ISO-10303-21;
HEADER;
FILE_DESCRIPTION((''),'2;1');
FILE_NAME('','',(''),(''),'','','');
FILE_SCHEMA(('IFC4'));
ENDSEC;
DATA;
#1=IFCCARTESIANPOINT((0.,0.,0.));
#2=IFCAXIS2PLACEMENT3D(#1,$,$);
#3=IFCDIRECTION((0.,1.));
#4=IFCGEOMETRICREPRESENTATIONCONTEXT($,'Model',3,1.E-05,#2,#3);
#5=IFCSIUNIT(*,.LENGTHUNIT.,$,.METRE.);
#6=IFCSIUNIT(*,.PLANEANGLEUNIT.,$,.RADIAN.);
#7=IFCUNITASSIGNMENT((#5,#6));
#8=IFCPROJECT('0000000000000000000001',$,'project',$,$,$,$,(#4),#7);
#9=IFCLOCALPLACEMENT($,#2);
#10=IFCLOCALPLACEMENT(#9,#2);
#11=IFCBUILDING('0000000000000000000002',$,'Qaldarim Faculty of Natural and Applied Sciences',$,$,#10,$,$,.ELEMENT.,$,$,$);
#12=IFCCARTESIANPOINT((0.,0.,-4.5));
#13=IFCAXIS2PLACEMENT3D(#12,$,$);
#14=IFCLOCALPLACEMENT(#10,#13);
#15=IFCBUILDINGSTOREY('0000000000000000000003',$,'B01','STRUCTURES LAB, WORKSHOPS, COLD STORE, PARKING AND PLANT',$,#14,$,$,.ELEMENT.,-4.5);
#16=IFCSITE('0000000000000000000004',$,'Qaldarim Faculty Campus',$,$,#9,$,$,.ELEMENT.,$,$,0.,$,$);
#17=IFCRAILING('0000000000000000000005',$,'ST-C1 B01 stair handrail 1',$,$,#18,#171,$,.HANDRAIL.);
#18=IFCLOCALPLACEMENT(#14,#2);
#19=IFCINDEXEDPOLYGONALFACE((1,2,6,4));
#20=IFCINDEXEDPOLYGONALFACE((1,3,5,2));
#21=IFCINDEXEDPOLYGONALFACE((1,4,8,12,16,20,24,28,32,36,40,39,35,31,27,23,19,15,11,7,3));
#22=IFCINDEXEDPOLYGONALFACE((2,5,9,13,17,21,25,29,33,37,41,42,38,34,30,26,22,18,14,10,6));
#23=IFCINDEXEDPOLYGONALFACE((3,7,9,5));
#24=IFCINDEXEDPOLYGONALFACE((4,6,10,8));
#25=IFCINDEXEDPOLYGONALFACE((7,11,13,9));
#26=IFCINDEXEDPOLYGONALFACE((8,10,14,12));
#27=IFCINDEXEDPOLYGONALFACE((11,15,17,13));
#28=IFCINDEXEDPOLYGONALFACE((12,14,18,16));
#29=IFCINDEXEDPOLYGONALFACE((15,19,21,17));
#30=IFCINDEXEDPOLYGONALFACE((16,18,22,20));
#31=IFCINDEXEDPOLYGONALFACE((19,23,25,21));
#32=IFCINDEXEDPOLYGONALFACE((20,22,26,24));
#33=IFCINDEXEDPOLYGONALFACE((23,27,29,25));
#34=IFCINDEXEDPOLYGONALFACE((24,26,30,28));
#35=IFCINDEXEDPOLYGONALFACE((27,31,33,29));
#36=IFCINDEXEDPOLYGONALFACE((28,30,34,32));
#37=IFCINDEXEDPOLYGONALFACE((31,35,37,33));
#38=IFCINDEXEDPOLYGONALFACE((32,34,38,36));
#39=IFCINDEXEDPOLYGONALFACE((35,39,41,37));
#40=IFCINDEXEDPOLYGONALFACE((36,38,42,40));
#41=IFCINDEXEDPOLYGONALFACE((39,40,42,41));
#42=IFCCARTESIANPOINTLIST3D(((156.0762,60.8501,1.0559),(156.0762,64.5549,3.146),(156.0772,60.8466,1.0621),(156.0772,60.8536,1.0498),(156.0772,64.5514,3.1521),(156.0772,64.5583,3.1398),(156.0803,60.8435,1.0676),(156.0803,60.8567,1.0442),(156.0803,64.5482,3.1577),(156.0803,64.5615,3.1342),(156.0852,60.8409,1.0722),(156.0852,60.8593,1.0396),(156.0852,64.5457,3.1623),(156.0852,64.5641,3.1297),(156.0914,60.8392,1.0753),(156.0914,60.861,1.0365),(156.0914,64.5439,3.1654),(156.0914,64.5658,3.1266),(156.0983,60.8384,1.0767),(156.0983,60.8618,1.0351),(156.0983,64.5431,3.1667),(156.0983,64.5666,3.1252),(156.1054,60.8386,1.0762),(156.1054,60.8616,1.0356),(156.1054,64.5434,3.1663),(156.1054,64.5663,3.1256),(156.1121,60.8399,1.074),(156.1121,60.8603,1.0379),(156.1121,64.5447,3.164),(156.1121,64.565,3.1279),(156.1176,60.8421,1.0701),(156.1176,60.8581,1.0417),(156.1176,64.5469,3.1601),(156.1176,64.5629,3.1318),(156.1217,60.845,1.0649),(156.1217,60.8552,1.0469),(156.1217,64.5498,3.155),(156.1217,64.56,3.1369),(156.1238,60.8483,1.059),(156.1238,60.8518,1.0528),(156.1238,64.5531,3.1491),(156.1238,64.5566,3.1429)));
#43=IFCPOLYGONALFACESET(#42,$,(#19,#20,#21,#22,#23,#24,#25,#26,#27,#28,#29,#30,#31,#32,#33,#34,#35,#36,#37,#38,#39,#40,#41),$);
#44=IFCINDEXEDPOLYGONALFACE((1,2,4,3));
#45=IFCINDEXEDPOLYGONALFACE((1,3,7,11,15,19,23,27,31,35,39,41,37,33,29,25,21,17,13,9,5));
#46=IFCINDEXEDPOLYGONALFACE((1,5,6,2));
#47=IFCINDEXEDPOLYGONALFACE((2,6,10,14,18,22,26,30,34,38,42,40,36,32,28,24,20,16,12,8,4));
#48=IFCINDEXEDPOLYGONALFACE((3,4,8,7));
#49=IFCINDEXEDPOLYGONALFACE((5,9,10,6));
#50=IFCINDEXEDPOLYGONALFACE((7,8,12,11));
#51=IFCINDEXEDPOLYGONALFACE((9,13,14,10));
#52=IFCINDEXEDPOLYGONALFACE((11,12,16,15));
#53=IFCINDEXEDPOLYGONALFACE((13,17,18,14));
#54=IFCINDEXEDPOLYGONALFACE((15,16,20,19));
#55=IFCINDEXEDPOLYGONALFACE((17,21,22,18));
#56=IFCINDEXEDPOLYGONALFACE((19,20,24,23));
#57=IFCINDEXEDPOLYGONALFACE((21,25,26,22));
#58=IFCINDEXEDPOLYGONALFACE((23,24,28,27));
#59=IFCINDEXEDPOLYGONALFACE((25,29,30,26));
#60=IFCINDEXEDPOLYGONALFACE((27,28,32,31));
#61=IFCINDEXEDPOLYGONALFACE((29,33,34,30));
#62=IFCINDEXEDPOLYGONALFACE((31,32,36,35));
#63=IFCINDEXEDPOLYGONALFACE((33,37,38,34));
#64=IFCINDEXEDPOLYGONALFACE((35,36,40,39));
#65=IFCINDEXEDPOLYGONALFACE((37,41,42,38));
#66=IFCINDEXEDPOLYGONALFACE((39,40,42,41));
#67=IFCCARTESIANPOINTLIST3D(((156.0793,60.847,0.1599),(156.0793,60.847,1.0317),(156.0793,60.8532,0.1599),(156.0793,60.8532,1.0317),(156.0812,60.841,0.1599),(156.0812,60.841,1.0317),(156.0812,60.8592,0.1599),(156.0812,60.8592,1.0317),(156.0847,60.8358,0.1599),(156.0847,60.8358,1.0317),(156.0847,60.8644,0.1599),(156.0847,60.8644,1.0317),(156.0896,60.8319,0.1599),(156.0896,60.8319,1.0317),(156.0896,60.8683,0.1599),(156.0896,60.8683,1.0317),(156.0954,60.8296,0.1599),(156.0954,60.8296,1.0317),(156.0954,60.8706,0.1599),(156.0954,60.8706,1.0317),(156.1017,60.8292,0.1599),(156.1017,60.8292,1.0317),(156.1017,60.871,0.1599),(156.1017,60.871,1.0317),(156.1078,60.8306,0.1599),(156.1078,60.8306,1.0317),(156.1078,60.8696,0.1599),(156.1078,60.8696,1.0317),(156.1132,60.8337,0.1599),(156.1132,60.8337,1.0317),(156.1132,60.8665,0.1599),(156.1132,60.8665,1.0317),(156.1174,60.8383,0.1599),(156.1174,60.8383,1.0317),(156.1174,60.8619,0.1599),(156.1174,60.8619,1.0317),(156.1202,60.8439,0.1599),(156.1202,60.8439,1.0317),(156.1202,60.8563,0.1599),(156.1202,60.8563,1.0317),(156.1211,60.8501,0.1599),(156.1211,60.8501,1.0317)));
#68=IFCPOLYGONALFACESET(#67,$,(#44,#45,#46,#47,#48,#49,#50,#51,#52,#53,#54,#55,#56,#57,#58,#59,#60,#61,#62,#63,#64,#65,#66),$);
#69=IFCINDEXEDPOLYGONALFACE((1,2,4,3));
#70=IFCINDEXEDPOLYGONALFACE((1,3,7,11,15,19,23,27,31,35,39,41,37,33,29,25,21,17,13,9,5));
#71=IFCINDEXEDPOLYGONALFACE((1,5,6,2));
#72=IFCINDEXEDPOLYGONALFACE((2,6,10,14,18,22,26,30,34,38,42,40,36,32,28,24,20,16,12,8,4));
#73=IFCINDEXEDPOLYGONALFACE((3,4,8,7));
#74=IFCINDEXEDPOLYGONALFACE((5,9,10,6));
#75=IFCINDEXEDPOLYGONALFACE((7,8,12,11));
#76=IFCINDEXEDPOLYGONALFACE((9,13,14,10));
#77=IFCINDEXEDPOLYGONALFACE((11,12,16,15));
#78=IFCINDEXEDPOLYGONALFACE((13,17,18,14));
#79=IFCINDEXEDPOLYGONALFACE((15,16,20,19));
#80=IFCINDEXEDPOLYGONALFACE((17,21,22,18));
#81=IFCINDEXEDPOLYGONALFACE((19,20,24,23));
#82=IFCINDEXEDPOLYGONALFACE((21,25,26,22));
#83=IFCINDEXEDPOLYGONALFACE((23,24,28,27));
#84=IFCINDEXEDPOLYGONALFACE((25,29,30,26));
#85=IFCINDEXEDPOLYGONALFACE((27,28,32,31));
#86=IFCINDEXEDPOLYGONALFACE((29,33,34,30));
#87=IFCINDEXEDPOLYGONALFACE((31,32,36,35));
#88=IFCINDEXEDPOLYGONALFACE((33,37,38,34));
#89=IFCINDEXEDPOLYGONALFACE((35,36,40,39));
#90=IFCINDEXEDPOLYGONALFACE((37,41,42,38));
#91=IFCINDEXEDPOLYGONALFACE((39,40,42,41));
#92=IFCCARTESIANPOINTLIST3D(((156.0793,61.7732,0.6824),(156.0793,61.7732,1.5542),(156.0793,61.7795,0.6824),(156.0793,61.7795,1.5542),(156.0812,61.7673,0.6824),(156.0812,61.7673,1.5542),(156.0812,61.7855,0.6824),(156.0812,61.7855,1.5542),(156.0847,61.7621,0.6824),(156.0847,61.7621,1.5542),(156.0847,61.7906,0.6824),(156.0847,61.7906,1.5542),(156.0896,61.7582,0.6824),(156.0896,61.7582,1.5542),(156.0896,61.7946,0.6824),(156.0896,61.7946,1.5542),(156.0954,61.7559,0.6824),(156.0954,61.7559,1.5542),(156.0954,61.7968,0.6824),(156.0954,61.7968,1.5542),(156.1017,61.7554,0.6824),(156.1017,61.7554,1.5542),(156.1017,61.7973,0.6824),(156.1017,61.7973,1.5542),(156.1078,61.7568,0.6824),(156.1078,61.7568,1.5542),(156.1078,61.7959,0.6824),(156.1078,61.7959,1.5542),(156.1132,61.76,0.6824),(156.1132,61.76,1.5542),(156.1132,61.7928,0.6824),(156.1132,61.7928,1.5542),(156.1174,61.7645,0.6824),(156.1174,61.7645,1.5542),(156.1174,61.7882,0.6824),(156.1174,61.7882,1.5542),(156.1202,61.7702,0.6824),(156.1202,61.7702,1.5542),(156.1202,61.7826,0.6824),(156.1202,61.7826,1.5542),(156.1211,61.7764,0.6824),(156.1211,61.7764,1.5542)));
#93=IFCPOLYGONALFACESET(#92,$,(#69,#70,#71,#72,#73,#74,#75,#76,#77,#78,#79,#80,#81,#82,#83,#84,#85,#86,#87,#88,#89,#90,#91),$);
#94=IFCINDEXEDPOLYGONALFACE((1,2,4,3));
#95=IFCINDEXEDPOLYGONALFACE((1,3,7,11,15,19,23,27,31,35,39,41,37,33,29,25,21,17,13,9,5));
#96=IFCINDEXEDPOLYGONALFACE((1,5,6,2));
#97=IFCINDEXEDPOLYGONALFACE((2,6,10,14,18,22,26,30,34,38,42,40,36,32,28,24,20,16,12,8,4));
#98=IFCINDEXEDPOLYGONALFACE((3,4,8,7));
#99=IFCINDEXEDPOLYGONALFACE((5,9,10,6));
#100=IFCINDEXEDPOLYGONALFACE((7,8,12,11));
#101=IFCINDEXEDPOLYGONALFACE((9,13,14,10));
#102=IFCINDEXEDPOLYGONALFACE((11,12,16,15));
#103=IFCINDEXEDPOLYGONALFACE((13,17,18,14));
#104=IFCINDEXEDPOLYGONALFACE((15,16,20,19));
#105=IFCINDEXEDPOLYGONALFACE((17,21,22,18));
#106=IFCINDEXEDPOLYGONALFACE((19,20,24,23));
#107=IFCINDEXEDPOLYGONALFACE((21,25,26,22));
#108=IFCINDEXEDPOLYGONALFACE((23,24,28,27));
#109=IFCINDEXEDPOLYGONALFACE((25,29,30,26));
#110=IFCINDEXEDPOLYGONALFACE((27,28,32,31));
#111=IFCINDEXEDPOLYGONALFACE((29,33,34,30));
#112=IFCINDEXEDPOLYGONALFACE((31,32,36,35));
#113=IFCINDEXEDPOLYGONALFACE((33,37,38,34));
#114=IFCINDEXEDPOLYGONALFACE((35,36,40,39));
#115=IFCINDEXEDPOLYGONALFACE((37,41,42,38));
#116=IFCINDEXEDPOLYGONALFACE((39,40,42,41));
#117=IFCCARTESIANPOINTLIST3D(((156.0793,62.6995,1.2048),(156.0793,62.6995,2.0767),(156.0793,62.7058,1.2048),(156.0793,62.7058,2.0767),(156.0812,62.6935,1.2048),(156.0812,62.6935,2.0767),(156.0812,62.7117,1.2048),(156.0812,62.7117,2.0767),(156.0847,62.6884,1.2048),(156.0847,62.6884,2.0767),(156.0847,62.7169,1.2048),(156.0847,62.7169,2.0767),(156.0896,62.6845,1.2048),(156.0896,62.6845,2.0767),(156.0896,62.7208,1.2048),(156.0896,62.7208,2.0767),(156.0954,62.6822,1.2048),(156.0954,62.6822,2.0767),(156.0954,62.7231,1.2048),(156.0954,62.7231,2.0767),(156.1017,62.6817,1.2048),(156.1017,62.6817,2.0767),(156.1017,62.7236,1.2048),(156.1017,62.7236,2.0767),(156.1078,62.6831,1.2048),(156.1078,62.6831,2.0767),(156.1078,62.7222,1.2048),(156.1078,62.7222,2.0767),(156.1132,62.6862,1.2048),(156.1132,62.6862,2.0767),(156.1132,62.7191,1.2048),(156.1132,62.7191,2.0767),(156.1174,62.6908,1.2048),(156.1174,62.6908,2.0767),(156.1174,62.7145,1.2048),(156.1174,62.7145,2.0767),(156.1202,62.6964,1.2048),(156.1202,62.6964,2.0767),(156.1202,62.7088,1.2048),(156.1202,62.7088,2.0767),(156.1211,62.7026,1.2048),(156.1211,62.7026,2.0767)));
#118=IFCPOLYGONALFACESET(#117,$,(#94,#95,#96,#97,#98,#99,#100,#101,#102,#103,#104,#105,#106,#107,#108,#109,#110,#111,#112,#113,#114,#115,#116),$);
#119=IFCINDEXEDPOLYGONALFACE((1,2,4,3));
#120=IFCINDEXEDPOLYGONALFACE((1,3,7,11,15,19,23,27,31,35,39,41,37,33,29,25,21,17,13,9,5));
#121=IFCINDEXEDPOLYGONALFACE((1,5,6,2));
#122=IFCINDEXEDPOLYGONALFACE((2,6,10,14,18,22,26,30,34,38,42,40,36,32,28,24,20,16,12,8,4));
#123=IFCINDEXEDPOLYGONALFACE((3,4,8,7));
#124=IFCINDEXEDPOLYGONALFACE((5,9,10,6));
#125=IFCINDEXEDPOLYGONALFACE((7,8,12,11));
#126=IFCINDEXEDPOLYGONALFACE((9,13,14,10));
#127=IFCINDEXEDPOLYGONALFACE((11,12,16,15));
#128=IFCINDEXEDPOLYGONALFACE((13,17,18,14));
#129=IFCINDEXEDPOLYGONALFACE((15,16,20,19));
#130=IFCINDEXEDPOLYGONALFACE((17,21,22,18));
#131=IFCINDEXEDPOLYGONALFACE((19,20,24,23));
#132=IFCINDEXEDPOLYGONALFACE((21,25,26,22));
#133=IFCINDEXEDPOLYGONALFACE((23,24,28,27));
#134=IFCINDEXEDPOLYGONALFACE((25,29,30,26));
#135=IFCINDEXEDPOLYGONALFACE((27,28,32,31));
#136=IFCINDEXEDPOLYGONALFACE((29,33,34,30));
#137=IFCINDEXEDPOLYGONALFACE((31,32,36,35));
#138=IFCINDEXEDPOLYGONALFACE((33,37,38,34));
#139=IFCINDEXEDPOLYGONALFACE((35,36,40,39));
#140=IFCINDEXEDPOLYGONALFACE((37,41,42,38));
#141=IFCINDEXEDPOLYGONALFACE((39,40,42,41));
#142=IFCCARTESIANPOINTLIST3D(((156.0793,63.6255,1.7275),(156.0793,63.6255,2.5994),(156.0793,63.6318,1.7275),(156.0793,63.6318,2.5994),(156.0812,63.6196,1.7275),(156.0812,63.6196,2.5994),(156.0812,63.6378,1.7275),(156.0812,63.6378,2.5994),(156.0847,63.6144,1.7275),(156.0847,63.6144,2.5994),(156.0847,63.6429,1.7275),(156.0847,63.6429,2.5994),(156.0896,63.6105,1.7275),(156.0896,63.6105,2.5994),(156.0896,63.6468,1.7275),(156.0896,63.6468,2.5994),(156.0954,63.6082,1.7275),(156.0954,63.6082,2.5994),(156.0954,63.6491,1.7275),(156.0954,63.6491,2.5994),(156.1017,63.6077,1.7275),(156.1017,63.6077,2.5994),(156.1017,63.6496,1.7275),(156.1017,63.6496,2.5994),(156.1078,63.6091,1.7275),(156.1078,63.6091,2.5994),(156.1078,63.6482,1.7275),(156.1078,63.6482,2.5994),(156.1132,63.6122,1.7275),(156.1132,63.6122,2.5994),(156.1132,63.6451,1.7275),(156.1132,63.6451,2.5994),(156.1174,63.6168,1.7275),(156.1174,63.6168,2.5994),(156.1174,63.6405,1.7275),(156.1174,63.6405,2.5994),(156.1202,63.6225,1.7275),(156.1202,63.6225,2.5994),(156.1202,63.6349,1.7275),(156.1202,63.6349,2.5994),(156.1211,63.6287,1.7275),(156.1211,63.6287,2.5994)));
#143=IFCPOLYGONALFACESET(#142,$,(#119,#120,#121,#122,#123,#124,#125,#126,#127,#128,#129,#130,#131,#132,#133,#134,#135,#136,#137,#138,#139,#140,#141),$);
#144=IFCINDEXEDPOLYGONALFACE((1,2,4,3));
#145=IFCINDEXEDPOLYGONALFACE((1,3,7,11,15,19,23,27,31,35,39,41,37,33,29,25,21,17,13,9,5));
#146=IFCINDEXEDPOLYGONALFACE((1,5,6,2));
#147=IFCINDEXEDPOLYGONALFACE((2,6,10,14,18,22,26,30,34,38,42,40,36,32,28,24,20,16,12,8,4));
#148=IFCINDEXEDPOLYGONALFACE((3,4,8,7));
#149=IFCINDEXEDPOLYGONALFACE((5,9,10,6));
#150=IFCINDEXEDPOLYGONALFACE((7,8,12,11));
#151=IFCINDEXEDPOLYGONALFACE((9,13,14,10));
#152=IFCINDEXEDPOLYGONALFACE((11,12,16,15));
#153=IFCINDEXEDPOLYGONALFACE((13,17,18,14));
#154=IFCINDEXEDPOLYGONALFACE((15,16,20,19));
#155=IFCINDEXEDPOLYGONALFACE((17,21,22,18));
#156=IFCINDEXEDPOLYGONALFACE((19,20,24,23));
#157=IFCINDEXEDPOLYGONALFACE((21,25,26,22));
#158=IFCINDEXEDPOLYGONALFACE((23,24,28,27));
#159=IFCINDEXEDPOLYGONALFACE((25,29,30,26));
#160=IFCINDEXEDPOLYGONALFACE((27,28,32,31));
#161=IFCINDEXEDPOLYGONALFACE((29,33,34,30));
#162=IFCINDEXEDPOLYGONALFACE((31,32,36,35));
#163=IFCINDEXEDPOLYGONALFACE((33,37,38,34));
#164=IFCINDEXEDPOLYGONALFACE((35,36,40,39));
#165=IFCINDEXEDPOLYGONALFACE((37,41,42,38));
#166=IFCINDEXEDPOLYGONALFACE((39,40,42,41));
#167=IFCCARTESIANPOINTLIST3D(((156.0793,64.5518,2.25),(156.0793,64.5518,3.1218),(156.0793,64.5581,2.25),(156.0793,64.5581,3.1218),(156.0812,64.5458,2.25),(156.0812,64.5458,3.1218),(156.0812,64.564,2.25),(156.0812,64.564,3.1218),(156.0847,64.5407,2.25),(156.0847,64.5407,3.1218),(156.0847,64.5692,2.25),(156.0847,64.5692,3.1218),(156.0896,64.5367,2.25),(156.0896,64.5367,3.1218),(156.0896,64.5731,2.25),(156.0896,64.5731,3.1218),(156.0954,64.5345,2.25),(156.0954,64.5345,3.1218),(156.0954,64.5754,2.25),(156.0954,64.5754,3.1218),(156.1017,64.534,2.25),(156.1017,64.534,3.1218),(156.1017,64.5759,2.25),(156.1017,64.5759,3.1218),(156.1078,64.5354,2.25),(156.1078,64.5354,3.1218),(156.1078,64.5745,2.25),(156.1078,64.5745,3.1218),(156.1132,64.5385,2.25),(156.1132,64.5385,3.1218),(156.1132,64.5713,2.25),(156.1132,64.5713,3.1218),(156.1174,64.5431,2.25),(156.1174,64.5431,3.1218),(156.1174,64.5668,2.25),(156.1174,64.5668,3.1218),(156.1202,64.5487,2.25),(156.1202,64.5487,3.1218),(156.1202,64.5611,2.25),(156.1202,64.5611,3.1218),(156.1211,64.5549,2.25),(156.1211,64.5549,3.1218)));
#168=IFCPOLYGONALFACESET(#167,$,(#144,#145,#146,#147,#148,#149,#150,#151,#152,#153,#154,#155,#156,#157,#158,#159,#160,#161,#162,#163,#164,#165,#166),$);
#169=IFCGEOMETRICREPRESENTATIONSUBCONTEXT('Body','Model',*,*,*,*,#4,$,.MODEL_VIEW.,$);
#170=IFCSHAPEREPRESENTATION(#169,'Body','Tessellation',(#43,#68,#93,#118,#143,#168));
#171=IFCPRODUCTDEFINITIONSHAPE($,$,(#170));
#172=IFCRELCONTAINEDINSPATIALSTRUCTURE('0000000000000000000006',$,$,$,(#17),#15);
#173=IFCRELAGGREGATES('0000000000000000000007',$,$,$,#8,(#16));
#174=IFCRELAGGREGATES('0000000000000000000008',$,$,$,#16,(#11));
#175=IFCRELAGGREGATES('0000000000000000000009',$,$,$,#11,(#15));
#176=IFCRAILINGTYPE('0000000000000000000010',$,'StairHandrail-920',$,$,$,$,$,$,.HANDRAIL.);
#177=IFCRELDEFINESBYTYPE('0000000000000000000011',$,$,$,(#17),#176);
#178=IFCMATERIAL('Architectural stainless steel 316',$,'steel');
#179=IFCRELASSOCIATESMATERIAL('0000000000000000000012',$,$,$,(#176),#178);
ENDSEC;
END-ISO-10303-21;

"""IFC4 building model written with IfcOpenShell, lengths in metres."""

from ifc_helpers import new_model, si_unit, direction, frame, origin, origin_2d, place, context, subcontext, project, spatial, circle, extrude, material, type_object, element, save


model = new_model("IFC4")

# Units and contexts
model_context = context("Model", 3, precision=1e-05, world=origin(), true_north=direction((0.0, 1.0)))
body_context = subcontext(model_context, "Body", "Model", "MODEL_VIEW")
ifc_project = project(units=[si_unit("LENGTHUNIT", "METRE"), si_unit("PLANEANGLEUNIT", "RADIAN")], contexts=[model_context])

# Site, building, storey
site_placement = place(None, origin())
site = spatial("IfcSite", under=ifc_project, at=site_placement, Name="Qaldarim Faculty Campus", CompositionType="ELEMENT", RefElevation=0.0)
building_placement = place(site_placement, origin())
building = spatial("IfcBuilding", under=site, at=building_placement, Name="Qaldarim Faculty of Natural and Applied Sciences", CompositionType="ELEMENT")
storey_placement = place(building_placement, frame((0.0, 0.0, -4.5)))
storey = spatial("IfcBuildingStorey", under=building, at=storey_placement, Name="B01", Description="STRUCTURES LAB, WORKSHOPS, COLD STORE, PARKING AND PLANT", CompositionType="ELEMENT", Elevation=-4.5)

# Shared definitions
ifc_material_1 = material(Name="Architectural stainless steel 316", Category="steel")

# Railing
railing_type_1 = type_object("IfcRailingType", Name="StairHandrail-920", PredefinedType="HANDRAIL", material=ifc_material_1)
railing_1_placement = place(storey_placement, frame((156.1001, 60.8501, 0.1599)))
element("IfcRailing", 1, at=railing_1_placement, inside=storey, type_object=railing_type_1, Name="ST-C1 B01 stair handrail 1", PredefinedType="HANDRAIL", context=body_context, shape_type="SweptSolid", body=[
    extrude(circle(Radius=0.0239, at=origin_2d()), frame((0.0, 0.0, 0.896), z_axis=(0.0, 0.87096, 0.491354), x_axis=(-1.0, 0.0, 0.0)), (0.0, 0.0, 1.0), 4.2537),
    extrude(circle(Radius=0.021, at=origin_2d()), origin(), (0.0, 0.0, 1.0), 0.8718),
    extrude(circle(Radius=0.021, at=origin_2d()), frame((0.0, 0.9263, 0.5225)), (0.0, 0.0, 1.0), 0.8718),
    extrude(circle(Radius=0.021, at=origin_2d()), frame((0.0, 1.8525, 1.0449)), (0.0, 0.0, 1.0), 0.8718),
    extrude(circle(Radius=0.021, at=origin_2d()), frame((0.0, 2.7786, 1.5676)), (0.0, 0.0, 1.0), 0.8718),
    extrude(circle(Radius=0.021, at=origin_2d()), frame((0.0, 3.7048, 2.0901)), (0.0, 0.0, 1.0), 0.8718),
])

save(model, "model.ifc")
